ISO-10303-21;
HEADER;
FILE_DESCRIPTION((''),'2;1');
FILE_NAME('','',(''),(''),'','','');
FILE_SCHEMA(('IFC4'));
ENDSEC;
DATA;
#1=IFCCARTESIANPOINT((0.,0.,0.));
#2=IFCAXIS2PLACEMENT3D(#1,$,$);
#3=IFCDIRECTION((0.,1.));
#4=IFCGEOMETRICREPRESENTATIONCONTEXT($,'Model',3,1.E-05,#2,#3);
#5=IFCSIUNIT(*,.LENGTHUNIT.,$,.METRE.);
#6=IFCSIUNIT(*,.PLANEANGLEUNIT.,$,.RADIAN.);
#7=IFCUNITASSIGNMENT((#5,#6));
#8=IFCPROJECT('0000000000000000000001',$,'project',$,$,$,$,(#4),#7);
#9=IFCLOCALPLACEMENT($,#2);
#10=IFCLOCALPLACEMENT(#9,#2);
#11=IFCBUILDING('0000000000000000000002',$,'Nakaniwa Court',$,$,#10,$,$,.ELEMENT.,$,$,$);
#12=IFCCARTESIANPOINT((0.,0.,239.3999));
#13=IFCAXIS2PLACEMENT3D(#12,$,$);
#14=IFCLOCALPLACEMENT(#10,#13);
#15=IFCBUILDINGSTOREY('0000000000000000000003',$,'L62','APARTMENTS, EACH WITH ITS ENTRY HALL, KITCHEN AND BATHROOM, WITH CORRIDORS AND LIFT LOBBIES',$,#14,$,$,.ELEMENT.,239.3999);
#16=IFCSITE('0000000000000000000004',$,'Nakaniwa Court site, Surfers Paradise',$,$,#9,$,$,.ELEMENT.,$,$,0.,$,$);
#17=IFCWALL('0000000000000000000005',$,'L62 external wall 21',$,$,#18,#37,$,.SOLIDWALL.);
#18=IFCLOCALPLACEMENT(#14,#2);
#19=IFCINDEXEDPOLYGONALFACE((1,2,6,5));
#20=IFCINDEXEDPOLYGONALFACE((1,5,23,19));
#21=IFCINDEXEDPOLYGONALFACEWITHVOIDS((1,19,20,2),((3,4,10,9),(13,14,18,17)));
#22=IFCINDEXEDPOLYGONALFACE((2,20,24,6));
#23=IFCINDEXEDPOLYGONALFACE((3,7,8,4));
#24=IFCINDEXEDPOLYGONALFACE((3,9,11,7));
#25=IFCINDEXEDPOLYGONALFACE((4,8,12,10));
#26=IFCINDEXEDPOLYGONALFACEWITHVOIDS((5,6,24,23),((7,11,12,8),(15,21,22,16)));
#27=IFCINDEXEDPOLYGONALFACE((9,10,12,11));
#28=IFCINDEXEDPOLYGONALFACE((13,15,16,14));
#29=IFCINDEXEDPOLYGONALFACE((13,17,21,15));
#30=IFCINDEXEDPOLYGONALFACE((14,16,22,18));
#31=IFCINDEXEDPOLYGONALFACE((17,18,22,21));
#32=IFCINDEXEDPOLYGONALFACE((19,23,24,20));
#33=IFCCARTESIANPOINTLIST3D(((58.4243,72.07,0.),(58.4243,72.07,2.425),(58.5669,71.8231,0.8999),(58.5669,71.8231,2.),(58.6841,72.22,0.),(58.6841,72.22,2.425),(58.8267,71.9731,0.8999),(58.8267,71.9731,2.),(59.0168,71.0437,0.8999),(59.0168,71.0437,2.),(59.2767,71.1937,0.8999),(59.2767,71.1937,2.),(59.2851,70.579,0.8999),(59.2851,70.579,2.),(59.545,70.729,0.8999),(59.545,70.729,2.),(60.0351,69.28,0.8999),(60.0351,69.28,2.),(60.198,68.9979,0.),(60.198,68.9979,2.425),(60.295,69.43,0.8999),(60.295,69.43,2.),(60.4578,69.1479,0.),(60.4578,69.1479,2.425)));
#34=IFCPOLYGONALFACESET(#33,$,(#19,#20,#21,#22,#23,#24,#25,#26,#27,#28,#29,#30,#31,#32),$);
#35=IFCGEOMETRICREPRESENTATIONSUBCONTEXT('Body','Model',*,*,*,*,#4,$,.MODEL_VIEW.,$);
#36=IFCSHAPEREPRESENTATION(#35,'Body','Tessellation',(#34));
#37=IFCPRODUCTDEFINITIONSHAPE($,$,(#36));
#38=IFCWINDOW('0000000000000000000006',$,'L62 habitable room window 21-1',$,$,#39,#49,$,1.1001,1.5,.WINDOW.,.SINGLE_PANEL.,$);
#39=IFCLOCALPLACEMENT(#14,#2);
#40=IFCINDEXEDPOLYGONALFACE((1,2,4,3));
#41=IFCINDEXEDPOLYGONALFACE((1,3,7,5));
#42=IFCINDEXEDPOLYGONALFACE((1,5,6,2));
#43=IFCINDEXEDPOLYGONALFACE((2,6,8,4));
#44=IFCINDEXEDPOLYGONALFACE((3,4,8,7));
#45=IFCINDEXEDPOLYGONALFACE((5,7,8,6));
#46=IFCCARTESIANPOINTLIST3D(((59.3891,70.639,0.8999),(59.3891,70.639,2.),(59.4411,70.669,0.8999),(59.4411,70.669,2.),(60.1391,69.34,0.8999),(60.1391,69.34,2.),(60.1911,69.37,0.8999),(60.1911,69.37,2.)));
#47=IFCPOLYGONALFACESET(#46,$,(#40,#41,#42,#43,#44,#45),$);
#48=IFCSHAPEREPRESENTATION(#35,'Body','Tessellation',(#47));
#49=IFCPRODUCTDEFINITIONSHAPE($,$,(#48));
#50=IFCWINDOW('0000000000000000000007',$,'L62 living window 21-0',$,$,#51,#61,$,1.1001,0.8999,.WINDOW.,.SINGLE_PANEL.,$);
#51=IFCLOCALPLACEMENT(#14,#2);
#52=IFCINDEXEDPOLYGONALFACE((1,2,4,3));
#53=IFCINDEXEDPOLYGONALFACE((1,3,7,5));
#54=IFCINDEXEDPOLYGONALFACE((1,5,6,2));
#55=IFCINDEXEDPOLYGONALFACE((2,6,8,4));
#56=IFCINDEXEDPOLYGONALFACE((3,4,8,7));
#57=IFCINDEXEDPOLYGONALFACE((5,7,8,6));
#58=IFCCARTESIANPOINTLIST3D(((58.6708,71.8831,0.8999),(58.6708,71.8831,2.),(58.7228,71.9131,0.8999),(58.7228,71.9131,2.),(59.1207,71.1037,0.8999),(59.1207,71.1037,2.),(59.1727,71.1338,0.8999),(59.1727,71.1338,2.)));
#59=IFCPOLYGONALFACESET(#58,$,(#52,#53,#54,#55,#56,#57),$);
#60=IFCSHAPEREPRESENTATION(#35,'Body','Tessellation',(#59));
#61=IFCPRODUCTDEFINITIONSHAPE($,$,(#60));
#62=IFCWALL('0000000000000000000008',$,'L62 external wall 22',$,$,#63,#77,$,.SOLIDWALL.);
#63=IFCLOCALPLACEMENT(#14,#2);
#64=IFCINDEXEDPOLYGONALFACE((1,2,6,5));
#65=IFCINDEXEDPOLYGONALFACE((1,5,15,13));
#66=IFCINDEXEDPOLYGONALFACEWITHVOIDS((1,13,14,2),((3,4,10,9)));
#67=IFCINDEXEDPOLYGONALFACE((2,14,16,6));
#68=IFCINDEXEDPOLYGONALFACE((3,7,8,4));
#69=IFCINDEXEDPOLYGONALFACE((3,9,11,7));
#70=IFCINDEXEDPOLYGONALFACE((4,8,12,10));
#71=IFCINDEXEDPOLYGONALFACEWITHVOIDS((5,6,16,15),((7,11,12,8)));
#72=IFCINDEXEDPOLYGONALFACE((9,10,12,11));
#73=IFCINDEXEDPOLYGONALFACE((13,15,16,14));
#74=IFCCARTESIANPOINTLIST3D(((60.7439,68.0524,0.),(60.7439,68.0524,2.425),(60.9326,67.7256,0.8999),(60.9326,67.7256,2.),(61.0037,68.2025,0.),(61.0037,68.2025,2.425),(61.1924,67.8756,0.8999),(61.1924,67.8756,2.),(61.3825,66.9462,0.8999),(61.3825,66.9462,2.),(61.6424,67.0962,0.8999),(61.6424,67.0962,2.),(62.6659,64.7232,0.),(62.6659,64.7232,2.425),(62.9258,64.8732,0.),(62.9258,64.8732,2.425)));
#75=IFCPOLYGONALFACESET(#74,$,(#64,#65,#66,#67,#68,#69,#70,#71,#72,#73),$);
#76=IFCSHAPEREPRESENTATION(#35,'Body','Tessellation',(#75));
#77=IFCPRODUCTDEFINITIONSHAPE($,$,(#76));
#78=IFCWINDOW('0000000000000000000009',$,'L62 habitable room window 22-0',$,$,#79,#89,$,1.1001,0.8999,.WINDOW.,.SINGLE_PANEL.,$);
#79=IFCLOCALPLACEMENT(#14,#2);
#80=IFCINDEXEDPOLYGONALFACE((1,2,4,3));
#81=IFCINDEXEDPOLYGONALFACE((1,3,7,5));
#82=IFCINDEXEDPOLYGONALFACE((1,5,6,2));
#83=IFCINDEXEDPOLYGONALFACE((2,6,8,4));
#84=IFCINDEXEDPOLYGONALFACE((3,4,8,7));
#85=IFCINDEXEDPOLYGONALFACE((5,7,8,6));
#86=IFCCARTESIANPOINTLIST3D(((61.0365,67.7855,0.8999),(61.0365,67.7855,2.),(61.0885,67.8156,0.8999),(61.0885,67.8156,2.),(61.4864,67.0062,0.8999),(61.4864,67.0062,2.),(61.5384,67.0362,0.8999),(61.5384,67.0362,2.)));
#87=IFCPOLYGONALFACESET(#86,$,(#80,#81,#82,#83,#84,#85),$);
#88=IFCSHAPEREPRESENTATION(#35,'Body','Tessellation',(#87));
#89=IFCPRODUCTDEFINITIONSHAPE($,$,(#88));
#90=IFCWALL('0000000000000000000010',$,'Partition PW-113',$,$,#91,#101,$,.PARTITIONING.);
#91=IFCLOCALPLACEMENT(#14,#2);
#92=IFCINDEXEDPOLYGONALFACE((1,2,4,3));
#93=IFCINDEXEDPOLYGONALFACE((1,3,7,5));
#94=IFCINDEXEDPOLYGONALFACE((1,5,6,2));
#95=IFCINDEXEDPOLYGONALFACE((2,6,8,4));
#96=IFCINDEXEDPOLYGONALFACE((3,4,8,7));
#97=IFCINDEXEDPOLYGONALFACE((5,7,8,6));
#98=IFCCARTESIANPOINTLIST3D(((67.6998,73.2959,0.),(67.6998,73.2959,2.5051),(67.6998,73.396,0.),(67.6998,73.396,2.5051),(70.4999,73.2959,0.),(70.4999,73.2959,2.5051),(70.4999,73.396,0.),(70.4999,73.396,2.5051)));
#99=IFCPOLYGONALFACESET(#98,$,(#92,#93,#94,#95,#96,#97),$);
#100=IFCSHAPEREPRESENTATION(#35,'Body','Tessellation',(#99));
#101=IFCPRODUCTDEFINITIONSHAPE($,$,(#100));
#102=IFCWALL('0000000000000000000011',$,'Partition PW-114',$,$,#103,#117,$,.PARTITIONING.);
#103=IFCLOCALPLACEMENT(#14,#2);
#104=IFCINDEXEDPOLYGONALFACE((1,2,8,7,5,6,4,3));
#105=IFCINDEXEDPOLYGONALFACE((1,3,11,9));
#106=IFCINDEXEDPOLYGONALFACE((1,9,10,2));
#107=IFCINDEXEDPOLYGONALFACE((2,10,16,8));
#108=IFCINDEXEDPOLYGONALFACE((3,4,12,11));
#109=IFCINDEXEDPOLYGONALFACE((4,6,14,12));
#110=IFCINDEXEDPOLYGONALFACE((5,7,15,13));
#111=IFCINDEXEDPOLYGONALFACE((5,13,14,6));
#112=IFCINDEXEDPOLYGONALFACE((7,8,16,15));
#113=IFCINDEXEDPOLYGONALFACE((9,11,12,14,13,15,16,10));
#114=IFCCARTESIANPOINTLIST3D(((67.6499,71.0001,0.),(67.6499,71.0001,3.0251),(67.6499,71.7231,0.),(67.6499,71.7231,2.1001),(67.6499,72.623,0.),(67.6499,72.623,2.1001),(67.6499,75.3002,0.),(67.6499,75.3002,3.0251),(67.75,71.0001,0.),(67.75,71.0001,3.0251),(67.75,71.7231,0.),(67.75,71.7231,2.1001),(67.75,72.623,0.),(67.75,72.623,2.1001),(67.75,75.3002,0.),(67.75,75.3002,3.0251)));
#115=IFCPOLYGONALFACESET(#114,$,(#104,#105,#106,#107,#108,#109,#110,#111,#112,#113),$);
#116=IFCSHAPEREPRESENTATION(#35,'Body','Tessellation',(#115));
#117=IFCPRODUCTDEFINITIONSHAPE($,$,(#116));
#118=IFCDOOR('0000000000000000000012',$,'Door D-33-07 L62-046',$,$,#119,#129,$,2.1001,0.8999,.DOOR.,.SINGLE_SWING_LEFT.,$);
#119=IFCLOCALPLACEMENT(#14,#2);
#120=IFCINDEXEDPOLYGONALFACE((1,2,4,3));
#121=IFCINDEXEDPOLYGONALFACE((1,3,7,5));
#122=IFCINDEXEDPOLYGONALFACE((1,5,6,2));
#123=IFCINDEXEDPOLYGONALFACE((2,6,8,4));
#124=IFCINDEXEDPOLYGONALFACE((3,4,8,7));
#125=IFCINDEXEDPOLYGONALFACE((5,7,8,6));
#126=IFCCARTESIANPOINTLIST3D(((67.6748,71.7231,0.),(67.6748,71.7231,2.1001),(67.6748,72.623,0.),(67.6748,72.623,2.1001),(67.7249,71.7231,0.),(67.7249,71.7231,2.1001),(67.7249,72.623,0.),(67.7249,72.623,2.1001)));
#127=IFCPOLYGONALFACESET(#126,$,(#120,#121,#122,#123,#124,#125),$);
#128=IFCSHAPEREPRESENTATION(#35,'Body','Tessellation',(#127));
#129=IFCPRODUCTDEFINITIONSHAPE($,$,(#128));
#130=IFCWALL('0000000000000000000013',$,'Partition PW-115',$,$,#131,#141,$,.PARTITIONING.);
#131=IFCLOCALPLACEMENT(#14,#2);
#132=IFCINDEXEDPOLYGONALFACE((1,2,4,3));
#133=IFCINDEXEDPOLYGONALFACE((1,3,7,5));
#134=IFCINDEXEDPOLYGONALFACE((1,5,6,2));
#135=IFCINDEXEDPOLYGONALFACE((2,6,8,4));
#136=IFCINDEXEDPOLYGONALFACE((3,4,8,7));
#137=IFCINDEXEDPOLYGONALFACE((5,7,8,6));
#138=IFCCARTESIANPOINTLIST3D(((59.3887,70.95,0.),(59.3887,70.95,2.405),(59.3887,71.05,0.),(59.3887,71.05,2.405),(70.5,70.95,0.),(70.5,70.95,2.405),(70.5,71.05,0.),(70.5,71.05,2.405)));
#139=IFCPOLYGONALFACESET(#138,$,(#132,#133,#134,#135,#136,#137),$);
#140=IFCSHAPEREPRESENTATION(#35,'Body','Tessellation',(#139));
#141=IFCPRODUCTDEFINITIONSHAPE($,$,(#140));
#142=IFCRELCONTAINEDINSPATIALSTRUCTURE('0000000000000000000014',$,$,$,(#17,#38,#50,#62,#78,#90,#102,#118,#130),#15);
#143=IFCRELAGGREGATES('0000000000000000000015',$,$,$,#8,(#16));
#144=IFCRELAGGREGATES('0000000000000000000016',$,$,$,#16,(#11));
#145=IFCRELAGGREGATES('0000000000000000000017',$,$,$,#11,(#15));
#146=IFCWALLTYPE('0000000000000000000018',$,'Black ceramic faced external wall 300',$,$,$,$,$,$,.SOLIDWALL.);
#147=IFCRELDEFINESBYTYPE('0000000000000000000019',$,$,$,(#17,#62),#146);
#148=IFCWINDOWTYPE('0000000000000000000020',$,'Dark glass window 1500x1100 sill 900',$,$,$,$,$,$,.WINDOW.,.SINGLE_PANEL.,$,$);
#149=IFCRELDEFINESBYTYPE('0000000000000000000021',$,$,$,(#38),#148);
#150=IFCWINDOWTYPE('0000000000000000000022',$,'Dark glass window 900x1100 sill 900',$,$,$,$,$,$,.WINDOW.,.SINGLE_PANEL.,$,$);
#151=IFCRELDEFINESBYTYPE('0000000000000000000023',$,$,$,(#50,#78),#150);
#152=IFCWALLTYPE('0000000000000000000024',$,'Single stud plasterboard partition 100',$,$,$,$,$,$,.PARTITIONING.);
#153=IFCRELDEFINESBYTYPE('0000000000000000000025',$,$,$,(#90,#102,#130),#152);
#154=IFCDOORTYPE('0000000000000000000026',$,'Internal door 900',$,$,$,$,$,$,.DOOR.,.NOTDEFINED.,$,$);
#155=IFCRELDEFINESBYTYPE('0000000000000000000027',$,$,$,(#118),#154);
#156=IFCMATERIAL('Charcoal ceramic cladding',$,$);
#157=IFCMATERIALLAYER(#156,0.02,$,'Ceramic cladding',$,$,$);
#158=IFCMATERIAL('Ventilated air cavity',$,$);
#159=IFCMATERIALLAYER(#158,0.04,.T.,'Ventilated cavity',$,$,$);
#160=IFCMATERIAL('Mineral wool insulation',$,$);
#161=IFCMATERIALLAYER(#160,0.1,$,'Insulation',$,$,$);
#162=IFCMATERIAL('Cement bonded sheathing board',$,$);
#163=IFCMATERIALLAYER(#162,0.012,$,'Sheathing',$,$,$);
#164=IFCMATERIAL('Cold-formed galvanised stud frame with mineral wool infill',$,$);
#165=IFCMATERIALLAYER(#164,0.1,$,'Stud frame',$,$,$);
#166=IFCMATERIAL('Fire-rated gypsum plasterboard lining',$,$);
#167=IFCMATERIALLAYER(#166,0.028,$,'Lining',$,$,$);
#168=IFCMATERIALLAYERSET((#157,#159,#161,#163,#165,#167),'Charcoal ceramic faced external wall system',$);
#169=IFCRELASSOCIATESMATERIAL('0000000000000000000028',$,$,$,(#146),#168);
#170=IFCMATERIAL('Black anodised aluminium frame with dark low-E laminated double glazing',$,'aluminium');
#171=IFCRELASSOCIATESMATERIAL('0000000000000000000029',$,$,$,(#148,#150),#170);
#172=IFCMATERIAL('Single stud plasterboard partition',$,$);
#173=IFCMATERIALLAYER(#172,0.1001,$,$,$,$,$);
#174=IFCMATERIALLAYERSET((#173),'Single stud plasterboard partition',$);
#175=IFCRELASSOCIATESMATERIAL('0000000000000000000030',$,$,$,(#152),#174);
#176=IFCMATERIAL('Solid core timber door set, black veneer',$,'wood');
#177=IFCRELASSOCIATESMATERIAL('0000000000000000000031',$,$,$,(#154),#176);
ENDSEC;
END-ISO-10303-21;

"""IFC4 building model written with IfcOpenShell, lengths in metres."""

from ifc_helpers import new_model, si_unit, direction, frame, frame_2d, origin, place, context, subcontext, project, spatial, rectangle, extrude, material, layer, layer_set, type_object, element, fill, save


model = new_model("IFC4")

# Units and contexts
model_context = context("Model", 3, precision=1e-05, world=origin(), true_north=direction((0.0, 1.0)))
body_context = subcontext(model_context, "Body", "Model", "MODEL_VIEW")
ifc_project = project(units=[si_unit("LENGTHUNIT", "METRE"), si_unit("PLANEANGLEUNIT", "RADIAN")], contexts=[model_context])

# Site, building, storey
site_placement = place(None, origin())
site = spatial("IfcSite", under=ifc_project, at=site_placement, Name="Nakaniwa Court site, Surfers Paradise", CompositionType="ELEMENT", RefElevation=0.0)
building_placement = place(site_placement, origin())
building = spatial("IfcBuilding", under=site, at=building_placement, Name="Nakaniwa Court", CompositionType="ELEMENT")
storey_placement = place(building_placement, frame((0.0, 0.0, 239.3999)))
storey = spatial("IfcBuildingStorey", under=building, at=storey_placement, Name="L62", Description="APARTMENTS, EACH WITH ITS ENTRY HALL, KITCHEN AND BATHROOM, WITH CORRIDORS AND LIFT LOBBIES", CompositionType="ELEMENT", Elevation=239.3999)

# Shared definitions
ifc_material_1 = material(Name="Charcoal ceramic cladding")
ifc_layer_1 = layer(ifc_material_1, 0.02, Name="Ceramic cladding")
ifc_material_2 = material(Name="Ventilated air cavity")
ifc_layer_2 = layer(ifc_material_2, 0.04, ventilated=True, Name="Ventilated cavity")
ifc_material_3 = material(Name="Mineral wool insulation")
ifc_layer_3 = layer(ifc_material_3, 0.1, Name="Insulation")
ifc_material_4 = material(Name="Cement bonded sheathing board")
ifc_layer_4 = layer(ifc_material_4, 0.012, Name="Sheathing")
ifc_material_5 = material(Name="Cold-formed galvanised stud frame with mineral wool infill")
ifc_layer_5 = layer(ifc_material_5, 0.1, Name="Stud frame")
ifc_material_6 = material(Name="Fire-rated gypsum plasterboard lining")
ifc_layer_6 = layer(ifc_material_6, 0.028, Name="Lining")
ifc_layer_set_1 = layer_set([ifc_layer_1, ifc_layer_2, ifc_layer_3, ifc_layer_4, ifc_layer_5, ifc_layer_6], Name="Charcoal ceramic faced external wall system")
wall_type_1 = type_object("IfcWallType", Name="Black ceramic faced external wall 300", PredefinedType="SOLIDWALL", material=ifc_layer_set_1)

# Shared definitions
ifc_material_7 = material(Name="Black anodised aluminium frame with dark low-E laminated double glazing", Category="aluminium")

# Wall, openings, windows
wall_1_placement = place(storey_placement, frame((58.5542, 72.145, 0.0), z_axis=(0.0, 0.0, 1.0), x_axis=(0.50001, -0.866019, 0.0)))
wall_1 = element("IfcWall", 1, at=wall_1_placement, inside=storey, type_object=wall_type_1, Name="L62 external wall 21", PredefinedType="SOLIDWALL", context=body_context, shape_type="SweptSolid", body=[
    extrude(rectangle(XDim=3.5474, YDim=0.3, at=frame_2d((1.7737, 0.0))), origin(), (0.0, 0.0, 1.0), 2.425),
])
opening_1_placement = place(wall_1_placement, frame((0.2852, 0.0, 0.8999)))
opening_1 = element("IfcOpeningElement", 2, at=opening_1_placement, cuts=wall_1, PredefinedType="OPENING", context=body_context, shape_type="SweptSolid", body=[
    extrude(rectangle(XDim=0.8999, YDim=1.1001, at=frame_2d((0.45, 0.55))), frame((0.0, 0.1599, 0.0), z_axis=(0.0, -1.0, 0.0), x_axis=(1.0, 0.0, 0.0)), (0.0, 0.0, 1.0), 0.3201),
])
opening_2_placement = place(wall_1_placement, frame((1.7217, 0.0, 0.8999)))
opening_2 = element("IfcOpeningElement", 3, at=opening_2_placement, cuts=wall_1, PredefinedType="OPENING", context=body_context, shape_type="SweptSolid", body=[
    extrude(rectangle(XDim=1.5, YDim=1.1001, at=frame_2d((0.75, 0.55))), frame((0.0, 0.1599, 0.0), z_axis=(0.0, -1.0, 0.0), x_axis=(1.0, 0.0, 0.0)), (0.0, 0.0, 1.0), 0.3201),
])
window_type_1 = type_object("IfcWindowType", Name="Dark glass window 1500x1100 sill 900", PartitioningType="SINGLE_PANEL", PredefinedType="WINDOW", material=ifc_material_7)
window_1_placement = place(opening_2_placement, origin())
window_1 = element("IfcWindow", 4, at=window_1_placement, inside=storey, type_object=window_type_1, Name="L62 habitable room window 21-1", OverallHeight=1.1001, OverallWidth=1.5, PartitioningType="SINGLE_PANEL", PredefinedType="WINDOW", context=body_context, shape_type="SweptSolid", body=[
    extrude(rectangle(XDim=1.5, YDim=1.1001, at=frame_2d((0.75, 0.55))), frame((0.0, 0.03, 0.0), z_axis=(0.0, -1.0, 0.0), x_axis=(1.0, 0.0, 0.0)), (0.0, 0.0, 1.0), 0.0601),
])
fill(opening_2, window_1)
window_type_2 = type_object("IfcWindowType", Name="Dark glass window 900x1100 sill 900", PartitioningType="SINGLE_PANEL", PredefinedType="WINDOW", material=ifc_material_7)
window_2_placement = place(opening_1_placement, origin())
window_2 = element("IfcWindow", 5, at=window_2_placement, inside=storey, type_object=window_type_2, Name="L62 living window 21-0", OverallHeight=1.1001, OverallWidth=0.8999, PartitioningType="SINGLE_PANEL", PredefinedType="WINDOW", context=body_context, shape_type="SweptSolid", body=[
    extrude(rectangle(XDim=0.8999, YDim=1.1001, at=frame_2d((0.45, 0.55))), frame((0.0, 0.03, 0.0), z_axis=(0.0, -1.0, 0.0), x_axis=(1.0, 0.0, 0.0)), (0.0, 0.0, 1.0), 0.0601),
])
fill(opening_1, window_2)

# Wall, opening, window
wall_2_placement = place(storey_placement, frame((60.8738, 68.1274, 0.0), z_axis=(0.0, 0.0, 1.0), x_axis=(0.499984, -0.866034, 0.0)))
wall_2 = element("IfcWall", 6, at=wall_2_placement, inside=storey, type_object=wall_type_1, Name="L62 external wall 22", PredefinedType="SOLIDWALL", context=body_context, shape_type="SweptSolid", body=[
    extrude(rectangle(XDim=3.8442, YDim=0.3, at=frame_2d((1.9221, 0.0))), origin(), (0.0, 0.0, 1.0), 2.425),
])
opening_3_placement = place(wall_2_placement, frame((0.3774, 0.0, 0.8999)))
opening_3 = element("IfcOpeningElement", 7, at=opening_3_placement, cuts=wall_2, PredefinedType="OPENING", context=body_context, shape_type="SweptSolid", body=[
    extrude(rectangle(XDim=0.8999, YDim=1.1001, at=frame_2d((0.45, 0.55))), frame((0.0, 0.1599, 0.0), z_axis=(0.0, -1.0, 0.0), x_axis=(1.0, 0.0, 0.0)), (0.0, 0.0, 1.0), 0.3201),
])
window_3_placement = place(opening_3_placement, origin())
window_3 = element("IfcWindow", 8, at=window_3_placement, inside=storey, type_object=window_type_2, Name="L62 habitable room window 22-0", OverallHeight=1.1001, OverallWidth=0.8999, PartitioningType="SINGLE_PANEL", PredefinedType="WINDOW", context=body_context, shape_type="SweptSolid", body=[
    extrude(rectangle(XDim=0.8999, YDim=1.1001, at=frame_2d((0.45, 0.55))), frame((0.0, 0.03, 0.0), z_axis=(0.0, -1.0, 0.0), x_axis=(1.0, 0.0, 0.0)), (0.0, 0.0, 1.0), 0.0601),
])
fill(opening_3, window_3)

# Wall
ifc_material_8 = material(Name="Single stud plasterboard partition")
ifc_layer_7 = layer(ifc_material_8, 0.1001)
ifc_layer_set_2 = layer_set([ifc_layer_7], Name="Single stud plasterboard partition")
wall_type_2 = type_object("IfcWallType", Name="Single stud plasterboard partition 100", PredefinedType="PARTITIONING", material=ifc_layer_set_2)
wall_3_placement = place(storey_placement, frame((67.7, 73.3459, 0.0), z_axis=(0.0, 0.0, 1.0), x_axis=(1.0, 0.0, 0.0)))
element("IfcWall", 9, at=wall_3_placement, inside=storey, type_object=wall_type_2, Name="Partition PW-113", PredefinedType="PARTITIONING", context=body_context, shape_type="SweptSolid", body=[
    extrude(rectangle(XDim=2.8, YDim=0.1001, at=frame_2d((1.3999, 0.0))), origin(), (0.0, 0.0, 1.0), 2.5051),
])

# Wall, opening, door
wall_4_placement = place(storey_placement, frame((67.7, 75.3, 0.0), z_axis=(0.0, 0.0, 1.0), x_axis=(0.0, -1.0, 0.0)))
wall_4 = element("IfcWall", 10, at=wall_4_placement, inside=storey, type_object=wall_type_2, Name="Partition PW-114", PredefinedType="PARTITIONING", context=body_context, shape_type="SweptSolid", body=[
    extrude(rectangle(XDim=4.3, YDim=0.1001, at=frame_2d((2.1499, 0.0))), origin(), (0.0, 0.0, 1.0), 3.0251),
])
opening_4_placement = place(wall_4_placement, frame((2.677, 0.0, 0.0)))
opening_4 = element("IfcOpeningElement", 11, at=opening_4_placement, cuts=wall_4, PredefinedType="OPENING", context=body_context, shape_type="SweptSolid", body=[
    extrude(rectangle(XDim=0.8999, YDim=2.1001, at=frame_2d((0.45, 1.05))), frame((0.0, 0.0601, 0.0), z_axis=(0.0, -1.0, 0.0), x_axis=(1.0, 0.0, 0.0)), (0.0, 0.0, 1.0), 0.1201),
])
ifc_material_9 = material(Name="Solid core timber door set, black veneer", Category="wood")
door_type = type_object("IfcDoorType", Name="Internal door 900", OperationType="NOTDEFINED", PredefinedType="DOOR", material=ifc_material_9)
door_1_placement = place(opening_4_placement, origin())
door_1 = element("IfcDoor", 12, at=door_1_placement, inside=storey, type_object=door_type, Name="Door D-33-07 L62-046", OperationType="SINGLE_SWING_LEFT", OverallHeight=2.1001, OverallWidth=0.8999, PredefinedType="DOOR", context=body_context, shape_type="SweptSolid", body=[
    extrude(rectangle(XDim=0.8999, YDim=2.1001, at=frame_2d((0.45, 1.05))), frame((0.0, 0.0249, 0.0), z_axis=(0.0, -1.0, 0.0), x_axis=(1.0, 0.0, 0.0)), (0.0, 0.0, 1.0), 0.05),
])
fill(opening_4, door_1)

# Wall
wall_5_placement = place(storey_placement, frame((59.3887, 71.0, 0.0), z_axis=(0.0, 0.0, 1.0), x_axis=(1.0, 0.0, 0.0)))
element("IfcWall", 13, at=wall_5_placement, inside=storey, type_object=wall_type_2, Name="Partition PW-115", PredefinedType="PARTITIONING", context=body_context, shape_type="SweptSolid", body=[
    extrude(rectangle(XDim=11.1113, YDim=0.1001, at=frame_2d((5.5557, 0.0))), origin(), (0.0, 0.0, 1.0), 2.405),
])

save(model, "model.ifc")
